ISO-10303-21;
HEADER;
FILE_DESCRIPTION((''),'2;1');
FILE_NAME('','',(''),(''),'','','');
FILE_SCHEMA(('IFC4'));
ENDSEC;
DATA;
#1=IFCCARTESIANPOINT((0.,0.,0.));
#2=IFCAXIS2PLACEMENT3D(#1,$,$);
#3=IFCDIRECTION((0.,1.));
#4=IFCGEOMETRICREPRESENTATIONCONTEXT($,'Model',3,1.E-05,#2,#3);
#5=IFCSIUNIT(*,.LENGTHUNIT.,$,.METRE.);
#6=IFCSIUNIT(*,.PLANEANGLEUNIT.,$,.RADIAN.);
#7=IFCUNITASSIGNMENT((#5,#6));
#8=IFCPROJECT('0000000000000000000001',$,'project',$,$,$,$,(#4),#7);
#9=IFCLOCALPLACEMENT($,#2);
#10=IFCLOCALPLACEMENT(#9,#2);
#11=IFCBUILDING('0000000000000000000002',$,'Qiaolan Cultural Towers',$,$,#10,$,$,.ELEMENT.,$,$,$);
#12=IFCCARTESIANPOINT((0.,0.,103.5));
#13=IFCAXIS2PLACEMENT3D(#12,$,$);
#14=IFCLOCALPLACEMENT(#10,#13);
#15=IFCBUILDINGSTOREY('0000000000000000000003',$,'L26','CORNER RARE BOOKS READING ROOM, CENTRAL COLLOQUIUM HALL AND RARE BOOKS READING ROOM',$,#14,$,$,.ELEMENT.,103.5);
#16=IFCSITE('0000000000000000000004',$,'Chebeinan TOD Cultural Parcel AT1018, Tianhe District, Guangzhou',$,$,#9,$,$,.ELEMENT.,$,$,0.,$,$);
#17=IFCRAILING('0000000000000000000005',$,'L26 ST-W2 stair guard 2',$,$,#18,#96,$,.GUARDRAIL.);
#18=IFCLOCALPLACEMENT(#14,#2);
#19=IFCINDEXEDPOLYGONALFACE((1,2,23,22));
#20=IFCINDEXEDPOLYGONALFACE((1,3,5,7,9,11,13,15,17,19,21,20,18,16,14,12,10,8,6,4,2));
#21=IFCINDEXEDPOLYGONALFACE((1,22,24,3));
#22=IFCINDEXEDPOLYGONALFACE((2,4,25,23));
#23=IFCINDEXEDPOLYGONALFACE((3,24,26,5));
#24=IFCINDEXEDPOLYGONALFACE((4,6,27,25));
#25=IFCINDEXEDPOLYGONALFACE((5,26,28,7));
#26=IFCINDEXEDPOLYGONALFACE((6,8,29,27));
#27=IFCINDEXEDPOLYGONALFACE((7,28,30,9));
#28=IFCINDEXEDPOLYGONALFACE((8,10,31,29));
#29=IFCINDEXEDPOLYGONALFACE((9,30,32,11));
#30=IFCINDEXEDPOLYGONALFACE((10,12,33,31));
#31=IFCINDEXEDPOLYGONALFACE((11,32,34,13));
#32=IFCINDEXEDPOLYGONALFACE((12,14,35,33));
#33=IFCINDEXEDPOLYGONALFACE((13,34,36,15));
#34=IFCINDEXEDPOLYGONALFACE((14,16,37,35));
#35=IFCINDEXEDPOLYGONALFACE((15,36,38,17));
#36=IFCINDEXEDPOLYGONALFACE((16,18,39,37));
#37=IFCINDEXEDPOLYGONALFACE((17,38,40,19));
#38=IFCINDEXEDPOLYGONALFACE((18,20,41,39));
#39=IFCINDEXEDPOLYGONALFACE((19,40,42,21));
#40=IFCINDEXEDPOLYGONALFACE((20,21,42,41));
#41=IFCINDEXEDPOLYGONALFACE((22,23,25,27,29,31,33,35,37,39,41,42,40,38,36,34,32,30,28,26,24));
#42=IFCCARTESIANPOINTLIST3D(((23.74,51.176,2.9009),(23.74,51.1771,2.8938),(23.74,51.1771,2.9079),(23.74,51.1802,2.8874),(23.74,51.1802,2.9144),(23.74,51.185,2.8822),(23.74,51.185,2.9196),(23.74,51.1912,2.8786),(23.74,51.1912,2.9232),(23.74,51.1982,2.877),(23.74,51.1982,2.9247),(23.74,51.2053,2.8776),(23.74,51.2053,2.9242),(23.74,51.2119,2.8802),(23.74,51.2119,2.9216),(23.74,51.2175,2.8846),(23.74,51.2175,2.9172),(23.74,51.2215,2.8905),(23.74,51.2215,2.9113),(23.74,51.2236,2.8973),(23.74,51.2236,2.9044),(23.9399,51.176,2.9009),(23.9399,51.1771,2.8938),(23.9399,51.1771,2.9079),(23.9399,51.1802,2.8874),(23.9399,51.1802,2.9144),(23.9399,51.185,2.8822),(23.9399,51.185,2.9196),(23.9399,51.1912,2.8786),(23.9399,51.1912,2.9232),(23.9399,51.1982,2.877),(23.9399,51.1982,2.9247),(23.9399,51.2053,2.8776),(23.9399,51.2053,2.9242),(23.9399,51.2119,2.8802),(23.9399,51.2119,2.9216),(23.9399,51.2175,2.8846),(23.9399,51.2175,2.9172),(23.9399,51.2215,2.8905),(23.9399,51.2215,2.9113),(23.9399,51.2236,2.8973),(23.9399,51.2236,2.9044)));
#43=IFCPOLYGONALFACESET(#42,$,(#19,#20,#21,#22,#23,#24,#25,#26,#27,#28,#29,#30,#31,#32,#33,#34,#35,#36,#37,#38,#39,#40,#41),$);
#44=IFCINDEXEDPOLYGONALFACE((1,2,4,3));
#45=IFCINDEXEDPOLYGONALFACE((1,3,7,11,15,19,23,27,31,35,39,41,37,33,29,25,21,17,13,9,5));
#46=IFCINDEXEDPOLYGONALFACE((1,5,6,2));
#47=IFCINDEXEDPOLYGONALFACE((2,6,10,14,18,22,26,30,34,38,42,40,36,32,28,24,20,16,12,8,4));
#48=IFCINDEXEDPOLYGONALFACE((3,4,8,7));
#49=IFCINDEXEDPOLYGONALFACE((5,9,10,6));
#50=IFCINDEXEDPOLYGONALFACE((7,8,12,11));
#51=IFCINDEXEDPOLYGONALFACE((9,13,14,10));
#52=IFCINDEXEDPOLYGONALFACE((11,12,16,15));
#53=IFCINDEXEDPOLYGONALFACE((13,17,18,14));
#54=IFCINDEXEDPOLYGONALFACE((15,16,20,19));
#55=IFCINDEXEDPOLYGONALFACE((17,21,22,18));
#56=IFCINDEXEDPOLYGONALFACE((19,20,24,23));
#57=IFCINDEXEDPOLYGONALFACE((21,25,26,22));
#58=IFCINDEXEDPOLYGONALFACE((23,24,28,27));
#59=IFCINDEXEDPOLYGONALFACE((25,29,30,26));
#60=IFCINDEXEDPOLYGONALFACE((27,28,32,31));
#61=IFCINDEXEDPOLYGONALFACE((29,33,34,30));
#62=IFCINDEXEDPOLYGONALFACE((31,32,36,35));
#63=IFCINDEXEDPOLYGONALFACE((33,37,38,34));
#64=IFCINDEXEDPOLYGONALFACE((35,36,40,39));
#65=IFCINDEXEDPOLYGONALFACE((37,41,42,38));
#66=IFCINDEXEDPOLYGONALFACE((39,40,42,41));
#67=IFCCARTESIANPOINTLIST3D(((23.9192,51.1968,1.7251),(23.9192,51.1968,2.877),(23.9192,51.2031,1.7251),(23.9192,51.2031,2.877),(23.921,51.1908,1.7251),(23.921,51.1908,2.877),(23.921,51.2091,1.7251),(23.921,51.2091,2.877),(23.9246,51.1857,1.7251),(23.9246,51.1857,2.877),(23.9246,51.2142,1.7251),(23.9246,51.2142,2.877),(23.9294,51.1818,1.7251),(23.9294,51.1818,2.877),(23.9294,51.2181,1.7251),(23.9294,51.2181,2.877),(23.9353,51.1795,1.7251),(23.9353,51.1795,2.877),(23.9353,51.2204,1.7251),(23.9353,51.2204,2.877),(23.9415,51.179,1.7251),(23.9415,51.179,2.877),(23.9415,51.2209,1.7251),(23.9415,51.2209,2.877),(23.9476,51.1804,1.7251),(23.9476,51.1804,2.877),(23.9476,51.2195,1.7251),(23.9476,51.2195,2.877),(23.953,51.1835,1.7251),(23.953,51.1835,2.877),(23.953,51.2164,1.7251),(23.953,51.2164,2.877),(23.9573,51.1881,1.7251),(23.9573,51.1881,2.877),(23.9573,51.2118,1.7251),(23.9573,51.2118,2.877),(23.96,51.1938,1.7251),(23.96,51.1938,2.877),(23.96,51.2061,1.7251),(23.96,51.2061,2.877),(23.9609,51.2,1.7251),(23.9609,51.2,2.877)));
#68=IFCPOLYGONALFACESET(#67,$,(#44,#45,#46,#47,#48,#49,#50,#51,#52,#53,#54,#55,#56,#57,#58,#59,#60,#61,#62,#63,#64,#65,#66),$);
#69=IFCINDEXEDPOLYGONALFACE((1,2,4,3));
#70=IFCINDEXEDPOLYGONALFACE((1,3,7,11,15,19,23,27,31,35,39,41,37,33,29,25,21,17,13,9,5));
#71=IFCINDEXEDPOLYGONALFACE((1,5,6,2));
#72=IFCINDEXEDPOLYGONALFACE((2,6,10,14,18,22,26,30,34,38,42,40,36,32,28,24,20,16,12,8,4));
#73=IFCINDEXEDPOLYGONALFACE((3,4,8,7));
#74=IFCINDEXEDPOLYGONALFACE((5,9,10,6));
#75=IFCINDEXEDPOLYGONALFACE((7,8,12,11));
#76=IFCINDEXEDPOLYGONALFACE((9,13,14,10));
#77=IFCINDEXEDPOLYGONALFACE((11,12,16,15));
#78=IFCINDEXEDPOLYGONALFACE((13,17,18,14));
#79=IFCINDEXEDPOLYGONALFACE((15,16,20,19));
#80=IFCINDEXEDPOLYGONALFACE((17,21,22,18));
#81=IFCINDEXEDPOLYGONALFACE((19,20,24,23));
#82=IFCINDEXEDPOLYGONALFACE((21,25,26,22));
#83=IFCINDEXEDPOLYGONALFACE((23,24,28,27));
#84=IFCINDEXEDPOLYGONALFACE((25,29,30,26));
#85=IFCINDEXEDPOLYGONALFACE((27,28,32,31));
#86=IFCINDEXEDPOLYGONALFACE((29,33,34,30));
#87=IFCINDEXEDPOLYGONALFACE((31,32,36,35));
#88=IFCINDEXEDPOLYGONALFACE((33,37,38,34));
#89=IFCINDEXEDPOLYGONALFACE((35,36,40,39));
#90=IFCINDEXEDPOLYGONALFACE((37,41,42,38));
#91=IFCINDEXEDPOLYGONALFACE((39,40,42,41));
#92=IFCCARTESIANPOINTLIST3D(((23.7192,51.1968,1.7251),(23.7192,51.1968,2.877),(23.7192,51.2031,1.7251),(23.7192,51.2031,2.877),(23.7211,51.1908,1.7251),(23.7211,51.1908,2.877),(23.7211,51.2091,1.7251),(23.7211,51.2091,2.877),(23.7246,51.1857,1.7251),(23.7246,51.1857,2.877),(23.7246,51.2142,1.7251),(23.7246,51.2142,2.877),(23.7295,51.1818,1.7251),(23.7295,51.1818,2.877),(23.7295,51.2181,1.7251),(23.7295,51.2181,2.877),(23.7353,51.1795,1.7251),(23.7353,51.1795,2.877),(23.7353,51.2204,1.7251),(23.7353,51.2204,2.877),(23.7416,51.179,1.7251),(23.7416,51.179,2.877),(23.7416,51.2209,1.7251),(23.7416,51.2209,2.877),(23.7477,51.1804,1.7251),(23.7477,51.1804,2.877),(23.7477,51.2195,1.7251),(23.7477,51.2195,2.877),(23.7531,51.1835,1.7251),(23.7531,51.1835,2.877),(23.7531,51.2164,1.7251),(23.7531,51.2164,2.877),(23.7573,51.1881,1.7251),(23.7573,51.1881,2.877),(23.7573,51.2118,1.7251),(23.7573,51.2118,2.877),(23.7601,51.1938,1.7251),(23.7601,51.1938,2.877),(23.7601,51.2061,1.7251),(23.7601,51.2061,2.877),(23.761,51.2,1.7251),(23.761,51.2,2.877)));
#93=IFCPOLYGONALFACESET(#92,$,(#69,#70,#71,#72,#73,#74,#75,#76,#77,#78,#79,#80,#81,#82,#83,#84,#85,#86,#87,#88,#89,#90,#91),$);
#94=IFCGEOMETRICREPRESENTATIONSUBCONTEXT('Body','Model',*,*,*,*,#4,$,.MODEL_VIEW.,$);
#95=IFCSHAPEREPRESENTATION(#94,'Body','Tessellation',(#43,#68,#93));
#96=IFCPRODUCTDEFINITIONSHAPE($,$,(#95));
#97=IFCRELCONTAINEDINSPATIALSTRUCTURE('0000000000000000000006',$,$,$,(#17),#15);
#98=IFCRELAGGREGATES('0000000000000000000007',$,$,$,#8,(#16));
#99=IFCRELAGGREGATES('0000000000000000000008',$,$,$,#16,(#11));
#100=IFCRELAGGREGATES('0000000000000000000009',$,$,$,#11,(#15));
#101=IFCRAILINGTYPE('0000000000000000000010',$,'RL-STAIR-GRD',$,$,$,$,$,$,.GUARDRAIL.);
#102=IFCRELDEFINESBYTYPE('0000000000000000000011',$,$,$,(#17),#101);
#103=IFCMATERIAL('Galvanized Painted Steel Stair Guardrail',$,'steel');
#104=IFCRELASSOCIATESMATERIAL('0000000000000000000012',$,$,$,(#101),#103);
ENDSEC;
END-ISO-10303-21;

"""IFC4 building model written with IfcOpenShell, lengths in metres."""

from ifc_helpers import new_model, si_unit, direction, frame, origin, origin_2d, place, context, subcontext, project, spatial, circle, extrude, material, type_object, element, save


model = new_model("IFC4")

# Units and contexts
model_context = context("Model", 3, precision=1e-05, world=origin(), true_north=direction((0.0, 1.0)))
body_context = subcontext(model_context, "Body", "Model", "MODEL_VIEW")
ifc_project = project(units=[si_unit("LENGTHUNIT", "METRE"), si_unit("PLANEANGLEUNIT", "RADIAN")], contexts=[model_context])

# Site, building, storey
site_placement = place(None, origin())
site = spatial("IfcSite", under=ifc_project, at=site_placement, Name="Chebeinan TOD Cultural Parcel AT1018, Tianhe District, Guangzhou", CompositionType="ELEMENT", RefElevation=0.0)
building_placement = place(site_placement, origin())
building = spatial("IfcBuilding", under=site, at=building_placement, Name="Qiaolan Cultural Towers", CompositionType="ELEMENT")
storey_placement = place(building_placement, frame((0.0, 0.0, 103.5)))
storey = spatial("IfcBuildingStorey", under=building, at=storey_placement, Name="L26", Description="CORNER RARE BOOKS READING ROOM, CENTRAL COLLOQUIUM HALL AND RARE BOOKS READING ROOM", CompositionType="ELEMENT", Elevation=103.5)

# Railing
ifc_material_1 = material(Name="Galvanized Painted Steel Stair Guardrail", Category="steel")
railing_type_1 = type_object("IfcRailingType", Name="RL-STAIR-GRD", PredefinedType="GUARDRAIL", material=ifc_material_1)
railing_1_placement = place(storey_placement, frame((23.9399, 51.2, 1.7251)))
element("IfcRailing", 1, at=railing_1_placement, inside=storey, type_object=railing_type_1, Name="L26 ST-W2 stair guard 2", PredefinedType="GUARDRAIL", context=body_context, shape_type="SweptSolid", body=[
    extrude(circle(Radius=0.0239, at=origin_2d()), frame((0.0, 0.0, 1.1758), z_axis=(-1.0, 0.0, 0.0), x_axis=(0.0, -1.0, 0.0)), (0.0, 0.0, 1.0), 0.2),
    extrude(circle(Radius=0.021, at=origin_2d()), origin(), (0.0, 0.0, 1.0), 1.1519),
    extrude(circle(Radius=0.021, at=origin_2d()), frame((-0.2, 0.0, 0.0)), (0.0, 0.0, 1.0), 1.1519),
])

save(model, "model.ifc")
